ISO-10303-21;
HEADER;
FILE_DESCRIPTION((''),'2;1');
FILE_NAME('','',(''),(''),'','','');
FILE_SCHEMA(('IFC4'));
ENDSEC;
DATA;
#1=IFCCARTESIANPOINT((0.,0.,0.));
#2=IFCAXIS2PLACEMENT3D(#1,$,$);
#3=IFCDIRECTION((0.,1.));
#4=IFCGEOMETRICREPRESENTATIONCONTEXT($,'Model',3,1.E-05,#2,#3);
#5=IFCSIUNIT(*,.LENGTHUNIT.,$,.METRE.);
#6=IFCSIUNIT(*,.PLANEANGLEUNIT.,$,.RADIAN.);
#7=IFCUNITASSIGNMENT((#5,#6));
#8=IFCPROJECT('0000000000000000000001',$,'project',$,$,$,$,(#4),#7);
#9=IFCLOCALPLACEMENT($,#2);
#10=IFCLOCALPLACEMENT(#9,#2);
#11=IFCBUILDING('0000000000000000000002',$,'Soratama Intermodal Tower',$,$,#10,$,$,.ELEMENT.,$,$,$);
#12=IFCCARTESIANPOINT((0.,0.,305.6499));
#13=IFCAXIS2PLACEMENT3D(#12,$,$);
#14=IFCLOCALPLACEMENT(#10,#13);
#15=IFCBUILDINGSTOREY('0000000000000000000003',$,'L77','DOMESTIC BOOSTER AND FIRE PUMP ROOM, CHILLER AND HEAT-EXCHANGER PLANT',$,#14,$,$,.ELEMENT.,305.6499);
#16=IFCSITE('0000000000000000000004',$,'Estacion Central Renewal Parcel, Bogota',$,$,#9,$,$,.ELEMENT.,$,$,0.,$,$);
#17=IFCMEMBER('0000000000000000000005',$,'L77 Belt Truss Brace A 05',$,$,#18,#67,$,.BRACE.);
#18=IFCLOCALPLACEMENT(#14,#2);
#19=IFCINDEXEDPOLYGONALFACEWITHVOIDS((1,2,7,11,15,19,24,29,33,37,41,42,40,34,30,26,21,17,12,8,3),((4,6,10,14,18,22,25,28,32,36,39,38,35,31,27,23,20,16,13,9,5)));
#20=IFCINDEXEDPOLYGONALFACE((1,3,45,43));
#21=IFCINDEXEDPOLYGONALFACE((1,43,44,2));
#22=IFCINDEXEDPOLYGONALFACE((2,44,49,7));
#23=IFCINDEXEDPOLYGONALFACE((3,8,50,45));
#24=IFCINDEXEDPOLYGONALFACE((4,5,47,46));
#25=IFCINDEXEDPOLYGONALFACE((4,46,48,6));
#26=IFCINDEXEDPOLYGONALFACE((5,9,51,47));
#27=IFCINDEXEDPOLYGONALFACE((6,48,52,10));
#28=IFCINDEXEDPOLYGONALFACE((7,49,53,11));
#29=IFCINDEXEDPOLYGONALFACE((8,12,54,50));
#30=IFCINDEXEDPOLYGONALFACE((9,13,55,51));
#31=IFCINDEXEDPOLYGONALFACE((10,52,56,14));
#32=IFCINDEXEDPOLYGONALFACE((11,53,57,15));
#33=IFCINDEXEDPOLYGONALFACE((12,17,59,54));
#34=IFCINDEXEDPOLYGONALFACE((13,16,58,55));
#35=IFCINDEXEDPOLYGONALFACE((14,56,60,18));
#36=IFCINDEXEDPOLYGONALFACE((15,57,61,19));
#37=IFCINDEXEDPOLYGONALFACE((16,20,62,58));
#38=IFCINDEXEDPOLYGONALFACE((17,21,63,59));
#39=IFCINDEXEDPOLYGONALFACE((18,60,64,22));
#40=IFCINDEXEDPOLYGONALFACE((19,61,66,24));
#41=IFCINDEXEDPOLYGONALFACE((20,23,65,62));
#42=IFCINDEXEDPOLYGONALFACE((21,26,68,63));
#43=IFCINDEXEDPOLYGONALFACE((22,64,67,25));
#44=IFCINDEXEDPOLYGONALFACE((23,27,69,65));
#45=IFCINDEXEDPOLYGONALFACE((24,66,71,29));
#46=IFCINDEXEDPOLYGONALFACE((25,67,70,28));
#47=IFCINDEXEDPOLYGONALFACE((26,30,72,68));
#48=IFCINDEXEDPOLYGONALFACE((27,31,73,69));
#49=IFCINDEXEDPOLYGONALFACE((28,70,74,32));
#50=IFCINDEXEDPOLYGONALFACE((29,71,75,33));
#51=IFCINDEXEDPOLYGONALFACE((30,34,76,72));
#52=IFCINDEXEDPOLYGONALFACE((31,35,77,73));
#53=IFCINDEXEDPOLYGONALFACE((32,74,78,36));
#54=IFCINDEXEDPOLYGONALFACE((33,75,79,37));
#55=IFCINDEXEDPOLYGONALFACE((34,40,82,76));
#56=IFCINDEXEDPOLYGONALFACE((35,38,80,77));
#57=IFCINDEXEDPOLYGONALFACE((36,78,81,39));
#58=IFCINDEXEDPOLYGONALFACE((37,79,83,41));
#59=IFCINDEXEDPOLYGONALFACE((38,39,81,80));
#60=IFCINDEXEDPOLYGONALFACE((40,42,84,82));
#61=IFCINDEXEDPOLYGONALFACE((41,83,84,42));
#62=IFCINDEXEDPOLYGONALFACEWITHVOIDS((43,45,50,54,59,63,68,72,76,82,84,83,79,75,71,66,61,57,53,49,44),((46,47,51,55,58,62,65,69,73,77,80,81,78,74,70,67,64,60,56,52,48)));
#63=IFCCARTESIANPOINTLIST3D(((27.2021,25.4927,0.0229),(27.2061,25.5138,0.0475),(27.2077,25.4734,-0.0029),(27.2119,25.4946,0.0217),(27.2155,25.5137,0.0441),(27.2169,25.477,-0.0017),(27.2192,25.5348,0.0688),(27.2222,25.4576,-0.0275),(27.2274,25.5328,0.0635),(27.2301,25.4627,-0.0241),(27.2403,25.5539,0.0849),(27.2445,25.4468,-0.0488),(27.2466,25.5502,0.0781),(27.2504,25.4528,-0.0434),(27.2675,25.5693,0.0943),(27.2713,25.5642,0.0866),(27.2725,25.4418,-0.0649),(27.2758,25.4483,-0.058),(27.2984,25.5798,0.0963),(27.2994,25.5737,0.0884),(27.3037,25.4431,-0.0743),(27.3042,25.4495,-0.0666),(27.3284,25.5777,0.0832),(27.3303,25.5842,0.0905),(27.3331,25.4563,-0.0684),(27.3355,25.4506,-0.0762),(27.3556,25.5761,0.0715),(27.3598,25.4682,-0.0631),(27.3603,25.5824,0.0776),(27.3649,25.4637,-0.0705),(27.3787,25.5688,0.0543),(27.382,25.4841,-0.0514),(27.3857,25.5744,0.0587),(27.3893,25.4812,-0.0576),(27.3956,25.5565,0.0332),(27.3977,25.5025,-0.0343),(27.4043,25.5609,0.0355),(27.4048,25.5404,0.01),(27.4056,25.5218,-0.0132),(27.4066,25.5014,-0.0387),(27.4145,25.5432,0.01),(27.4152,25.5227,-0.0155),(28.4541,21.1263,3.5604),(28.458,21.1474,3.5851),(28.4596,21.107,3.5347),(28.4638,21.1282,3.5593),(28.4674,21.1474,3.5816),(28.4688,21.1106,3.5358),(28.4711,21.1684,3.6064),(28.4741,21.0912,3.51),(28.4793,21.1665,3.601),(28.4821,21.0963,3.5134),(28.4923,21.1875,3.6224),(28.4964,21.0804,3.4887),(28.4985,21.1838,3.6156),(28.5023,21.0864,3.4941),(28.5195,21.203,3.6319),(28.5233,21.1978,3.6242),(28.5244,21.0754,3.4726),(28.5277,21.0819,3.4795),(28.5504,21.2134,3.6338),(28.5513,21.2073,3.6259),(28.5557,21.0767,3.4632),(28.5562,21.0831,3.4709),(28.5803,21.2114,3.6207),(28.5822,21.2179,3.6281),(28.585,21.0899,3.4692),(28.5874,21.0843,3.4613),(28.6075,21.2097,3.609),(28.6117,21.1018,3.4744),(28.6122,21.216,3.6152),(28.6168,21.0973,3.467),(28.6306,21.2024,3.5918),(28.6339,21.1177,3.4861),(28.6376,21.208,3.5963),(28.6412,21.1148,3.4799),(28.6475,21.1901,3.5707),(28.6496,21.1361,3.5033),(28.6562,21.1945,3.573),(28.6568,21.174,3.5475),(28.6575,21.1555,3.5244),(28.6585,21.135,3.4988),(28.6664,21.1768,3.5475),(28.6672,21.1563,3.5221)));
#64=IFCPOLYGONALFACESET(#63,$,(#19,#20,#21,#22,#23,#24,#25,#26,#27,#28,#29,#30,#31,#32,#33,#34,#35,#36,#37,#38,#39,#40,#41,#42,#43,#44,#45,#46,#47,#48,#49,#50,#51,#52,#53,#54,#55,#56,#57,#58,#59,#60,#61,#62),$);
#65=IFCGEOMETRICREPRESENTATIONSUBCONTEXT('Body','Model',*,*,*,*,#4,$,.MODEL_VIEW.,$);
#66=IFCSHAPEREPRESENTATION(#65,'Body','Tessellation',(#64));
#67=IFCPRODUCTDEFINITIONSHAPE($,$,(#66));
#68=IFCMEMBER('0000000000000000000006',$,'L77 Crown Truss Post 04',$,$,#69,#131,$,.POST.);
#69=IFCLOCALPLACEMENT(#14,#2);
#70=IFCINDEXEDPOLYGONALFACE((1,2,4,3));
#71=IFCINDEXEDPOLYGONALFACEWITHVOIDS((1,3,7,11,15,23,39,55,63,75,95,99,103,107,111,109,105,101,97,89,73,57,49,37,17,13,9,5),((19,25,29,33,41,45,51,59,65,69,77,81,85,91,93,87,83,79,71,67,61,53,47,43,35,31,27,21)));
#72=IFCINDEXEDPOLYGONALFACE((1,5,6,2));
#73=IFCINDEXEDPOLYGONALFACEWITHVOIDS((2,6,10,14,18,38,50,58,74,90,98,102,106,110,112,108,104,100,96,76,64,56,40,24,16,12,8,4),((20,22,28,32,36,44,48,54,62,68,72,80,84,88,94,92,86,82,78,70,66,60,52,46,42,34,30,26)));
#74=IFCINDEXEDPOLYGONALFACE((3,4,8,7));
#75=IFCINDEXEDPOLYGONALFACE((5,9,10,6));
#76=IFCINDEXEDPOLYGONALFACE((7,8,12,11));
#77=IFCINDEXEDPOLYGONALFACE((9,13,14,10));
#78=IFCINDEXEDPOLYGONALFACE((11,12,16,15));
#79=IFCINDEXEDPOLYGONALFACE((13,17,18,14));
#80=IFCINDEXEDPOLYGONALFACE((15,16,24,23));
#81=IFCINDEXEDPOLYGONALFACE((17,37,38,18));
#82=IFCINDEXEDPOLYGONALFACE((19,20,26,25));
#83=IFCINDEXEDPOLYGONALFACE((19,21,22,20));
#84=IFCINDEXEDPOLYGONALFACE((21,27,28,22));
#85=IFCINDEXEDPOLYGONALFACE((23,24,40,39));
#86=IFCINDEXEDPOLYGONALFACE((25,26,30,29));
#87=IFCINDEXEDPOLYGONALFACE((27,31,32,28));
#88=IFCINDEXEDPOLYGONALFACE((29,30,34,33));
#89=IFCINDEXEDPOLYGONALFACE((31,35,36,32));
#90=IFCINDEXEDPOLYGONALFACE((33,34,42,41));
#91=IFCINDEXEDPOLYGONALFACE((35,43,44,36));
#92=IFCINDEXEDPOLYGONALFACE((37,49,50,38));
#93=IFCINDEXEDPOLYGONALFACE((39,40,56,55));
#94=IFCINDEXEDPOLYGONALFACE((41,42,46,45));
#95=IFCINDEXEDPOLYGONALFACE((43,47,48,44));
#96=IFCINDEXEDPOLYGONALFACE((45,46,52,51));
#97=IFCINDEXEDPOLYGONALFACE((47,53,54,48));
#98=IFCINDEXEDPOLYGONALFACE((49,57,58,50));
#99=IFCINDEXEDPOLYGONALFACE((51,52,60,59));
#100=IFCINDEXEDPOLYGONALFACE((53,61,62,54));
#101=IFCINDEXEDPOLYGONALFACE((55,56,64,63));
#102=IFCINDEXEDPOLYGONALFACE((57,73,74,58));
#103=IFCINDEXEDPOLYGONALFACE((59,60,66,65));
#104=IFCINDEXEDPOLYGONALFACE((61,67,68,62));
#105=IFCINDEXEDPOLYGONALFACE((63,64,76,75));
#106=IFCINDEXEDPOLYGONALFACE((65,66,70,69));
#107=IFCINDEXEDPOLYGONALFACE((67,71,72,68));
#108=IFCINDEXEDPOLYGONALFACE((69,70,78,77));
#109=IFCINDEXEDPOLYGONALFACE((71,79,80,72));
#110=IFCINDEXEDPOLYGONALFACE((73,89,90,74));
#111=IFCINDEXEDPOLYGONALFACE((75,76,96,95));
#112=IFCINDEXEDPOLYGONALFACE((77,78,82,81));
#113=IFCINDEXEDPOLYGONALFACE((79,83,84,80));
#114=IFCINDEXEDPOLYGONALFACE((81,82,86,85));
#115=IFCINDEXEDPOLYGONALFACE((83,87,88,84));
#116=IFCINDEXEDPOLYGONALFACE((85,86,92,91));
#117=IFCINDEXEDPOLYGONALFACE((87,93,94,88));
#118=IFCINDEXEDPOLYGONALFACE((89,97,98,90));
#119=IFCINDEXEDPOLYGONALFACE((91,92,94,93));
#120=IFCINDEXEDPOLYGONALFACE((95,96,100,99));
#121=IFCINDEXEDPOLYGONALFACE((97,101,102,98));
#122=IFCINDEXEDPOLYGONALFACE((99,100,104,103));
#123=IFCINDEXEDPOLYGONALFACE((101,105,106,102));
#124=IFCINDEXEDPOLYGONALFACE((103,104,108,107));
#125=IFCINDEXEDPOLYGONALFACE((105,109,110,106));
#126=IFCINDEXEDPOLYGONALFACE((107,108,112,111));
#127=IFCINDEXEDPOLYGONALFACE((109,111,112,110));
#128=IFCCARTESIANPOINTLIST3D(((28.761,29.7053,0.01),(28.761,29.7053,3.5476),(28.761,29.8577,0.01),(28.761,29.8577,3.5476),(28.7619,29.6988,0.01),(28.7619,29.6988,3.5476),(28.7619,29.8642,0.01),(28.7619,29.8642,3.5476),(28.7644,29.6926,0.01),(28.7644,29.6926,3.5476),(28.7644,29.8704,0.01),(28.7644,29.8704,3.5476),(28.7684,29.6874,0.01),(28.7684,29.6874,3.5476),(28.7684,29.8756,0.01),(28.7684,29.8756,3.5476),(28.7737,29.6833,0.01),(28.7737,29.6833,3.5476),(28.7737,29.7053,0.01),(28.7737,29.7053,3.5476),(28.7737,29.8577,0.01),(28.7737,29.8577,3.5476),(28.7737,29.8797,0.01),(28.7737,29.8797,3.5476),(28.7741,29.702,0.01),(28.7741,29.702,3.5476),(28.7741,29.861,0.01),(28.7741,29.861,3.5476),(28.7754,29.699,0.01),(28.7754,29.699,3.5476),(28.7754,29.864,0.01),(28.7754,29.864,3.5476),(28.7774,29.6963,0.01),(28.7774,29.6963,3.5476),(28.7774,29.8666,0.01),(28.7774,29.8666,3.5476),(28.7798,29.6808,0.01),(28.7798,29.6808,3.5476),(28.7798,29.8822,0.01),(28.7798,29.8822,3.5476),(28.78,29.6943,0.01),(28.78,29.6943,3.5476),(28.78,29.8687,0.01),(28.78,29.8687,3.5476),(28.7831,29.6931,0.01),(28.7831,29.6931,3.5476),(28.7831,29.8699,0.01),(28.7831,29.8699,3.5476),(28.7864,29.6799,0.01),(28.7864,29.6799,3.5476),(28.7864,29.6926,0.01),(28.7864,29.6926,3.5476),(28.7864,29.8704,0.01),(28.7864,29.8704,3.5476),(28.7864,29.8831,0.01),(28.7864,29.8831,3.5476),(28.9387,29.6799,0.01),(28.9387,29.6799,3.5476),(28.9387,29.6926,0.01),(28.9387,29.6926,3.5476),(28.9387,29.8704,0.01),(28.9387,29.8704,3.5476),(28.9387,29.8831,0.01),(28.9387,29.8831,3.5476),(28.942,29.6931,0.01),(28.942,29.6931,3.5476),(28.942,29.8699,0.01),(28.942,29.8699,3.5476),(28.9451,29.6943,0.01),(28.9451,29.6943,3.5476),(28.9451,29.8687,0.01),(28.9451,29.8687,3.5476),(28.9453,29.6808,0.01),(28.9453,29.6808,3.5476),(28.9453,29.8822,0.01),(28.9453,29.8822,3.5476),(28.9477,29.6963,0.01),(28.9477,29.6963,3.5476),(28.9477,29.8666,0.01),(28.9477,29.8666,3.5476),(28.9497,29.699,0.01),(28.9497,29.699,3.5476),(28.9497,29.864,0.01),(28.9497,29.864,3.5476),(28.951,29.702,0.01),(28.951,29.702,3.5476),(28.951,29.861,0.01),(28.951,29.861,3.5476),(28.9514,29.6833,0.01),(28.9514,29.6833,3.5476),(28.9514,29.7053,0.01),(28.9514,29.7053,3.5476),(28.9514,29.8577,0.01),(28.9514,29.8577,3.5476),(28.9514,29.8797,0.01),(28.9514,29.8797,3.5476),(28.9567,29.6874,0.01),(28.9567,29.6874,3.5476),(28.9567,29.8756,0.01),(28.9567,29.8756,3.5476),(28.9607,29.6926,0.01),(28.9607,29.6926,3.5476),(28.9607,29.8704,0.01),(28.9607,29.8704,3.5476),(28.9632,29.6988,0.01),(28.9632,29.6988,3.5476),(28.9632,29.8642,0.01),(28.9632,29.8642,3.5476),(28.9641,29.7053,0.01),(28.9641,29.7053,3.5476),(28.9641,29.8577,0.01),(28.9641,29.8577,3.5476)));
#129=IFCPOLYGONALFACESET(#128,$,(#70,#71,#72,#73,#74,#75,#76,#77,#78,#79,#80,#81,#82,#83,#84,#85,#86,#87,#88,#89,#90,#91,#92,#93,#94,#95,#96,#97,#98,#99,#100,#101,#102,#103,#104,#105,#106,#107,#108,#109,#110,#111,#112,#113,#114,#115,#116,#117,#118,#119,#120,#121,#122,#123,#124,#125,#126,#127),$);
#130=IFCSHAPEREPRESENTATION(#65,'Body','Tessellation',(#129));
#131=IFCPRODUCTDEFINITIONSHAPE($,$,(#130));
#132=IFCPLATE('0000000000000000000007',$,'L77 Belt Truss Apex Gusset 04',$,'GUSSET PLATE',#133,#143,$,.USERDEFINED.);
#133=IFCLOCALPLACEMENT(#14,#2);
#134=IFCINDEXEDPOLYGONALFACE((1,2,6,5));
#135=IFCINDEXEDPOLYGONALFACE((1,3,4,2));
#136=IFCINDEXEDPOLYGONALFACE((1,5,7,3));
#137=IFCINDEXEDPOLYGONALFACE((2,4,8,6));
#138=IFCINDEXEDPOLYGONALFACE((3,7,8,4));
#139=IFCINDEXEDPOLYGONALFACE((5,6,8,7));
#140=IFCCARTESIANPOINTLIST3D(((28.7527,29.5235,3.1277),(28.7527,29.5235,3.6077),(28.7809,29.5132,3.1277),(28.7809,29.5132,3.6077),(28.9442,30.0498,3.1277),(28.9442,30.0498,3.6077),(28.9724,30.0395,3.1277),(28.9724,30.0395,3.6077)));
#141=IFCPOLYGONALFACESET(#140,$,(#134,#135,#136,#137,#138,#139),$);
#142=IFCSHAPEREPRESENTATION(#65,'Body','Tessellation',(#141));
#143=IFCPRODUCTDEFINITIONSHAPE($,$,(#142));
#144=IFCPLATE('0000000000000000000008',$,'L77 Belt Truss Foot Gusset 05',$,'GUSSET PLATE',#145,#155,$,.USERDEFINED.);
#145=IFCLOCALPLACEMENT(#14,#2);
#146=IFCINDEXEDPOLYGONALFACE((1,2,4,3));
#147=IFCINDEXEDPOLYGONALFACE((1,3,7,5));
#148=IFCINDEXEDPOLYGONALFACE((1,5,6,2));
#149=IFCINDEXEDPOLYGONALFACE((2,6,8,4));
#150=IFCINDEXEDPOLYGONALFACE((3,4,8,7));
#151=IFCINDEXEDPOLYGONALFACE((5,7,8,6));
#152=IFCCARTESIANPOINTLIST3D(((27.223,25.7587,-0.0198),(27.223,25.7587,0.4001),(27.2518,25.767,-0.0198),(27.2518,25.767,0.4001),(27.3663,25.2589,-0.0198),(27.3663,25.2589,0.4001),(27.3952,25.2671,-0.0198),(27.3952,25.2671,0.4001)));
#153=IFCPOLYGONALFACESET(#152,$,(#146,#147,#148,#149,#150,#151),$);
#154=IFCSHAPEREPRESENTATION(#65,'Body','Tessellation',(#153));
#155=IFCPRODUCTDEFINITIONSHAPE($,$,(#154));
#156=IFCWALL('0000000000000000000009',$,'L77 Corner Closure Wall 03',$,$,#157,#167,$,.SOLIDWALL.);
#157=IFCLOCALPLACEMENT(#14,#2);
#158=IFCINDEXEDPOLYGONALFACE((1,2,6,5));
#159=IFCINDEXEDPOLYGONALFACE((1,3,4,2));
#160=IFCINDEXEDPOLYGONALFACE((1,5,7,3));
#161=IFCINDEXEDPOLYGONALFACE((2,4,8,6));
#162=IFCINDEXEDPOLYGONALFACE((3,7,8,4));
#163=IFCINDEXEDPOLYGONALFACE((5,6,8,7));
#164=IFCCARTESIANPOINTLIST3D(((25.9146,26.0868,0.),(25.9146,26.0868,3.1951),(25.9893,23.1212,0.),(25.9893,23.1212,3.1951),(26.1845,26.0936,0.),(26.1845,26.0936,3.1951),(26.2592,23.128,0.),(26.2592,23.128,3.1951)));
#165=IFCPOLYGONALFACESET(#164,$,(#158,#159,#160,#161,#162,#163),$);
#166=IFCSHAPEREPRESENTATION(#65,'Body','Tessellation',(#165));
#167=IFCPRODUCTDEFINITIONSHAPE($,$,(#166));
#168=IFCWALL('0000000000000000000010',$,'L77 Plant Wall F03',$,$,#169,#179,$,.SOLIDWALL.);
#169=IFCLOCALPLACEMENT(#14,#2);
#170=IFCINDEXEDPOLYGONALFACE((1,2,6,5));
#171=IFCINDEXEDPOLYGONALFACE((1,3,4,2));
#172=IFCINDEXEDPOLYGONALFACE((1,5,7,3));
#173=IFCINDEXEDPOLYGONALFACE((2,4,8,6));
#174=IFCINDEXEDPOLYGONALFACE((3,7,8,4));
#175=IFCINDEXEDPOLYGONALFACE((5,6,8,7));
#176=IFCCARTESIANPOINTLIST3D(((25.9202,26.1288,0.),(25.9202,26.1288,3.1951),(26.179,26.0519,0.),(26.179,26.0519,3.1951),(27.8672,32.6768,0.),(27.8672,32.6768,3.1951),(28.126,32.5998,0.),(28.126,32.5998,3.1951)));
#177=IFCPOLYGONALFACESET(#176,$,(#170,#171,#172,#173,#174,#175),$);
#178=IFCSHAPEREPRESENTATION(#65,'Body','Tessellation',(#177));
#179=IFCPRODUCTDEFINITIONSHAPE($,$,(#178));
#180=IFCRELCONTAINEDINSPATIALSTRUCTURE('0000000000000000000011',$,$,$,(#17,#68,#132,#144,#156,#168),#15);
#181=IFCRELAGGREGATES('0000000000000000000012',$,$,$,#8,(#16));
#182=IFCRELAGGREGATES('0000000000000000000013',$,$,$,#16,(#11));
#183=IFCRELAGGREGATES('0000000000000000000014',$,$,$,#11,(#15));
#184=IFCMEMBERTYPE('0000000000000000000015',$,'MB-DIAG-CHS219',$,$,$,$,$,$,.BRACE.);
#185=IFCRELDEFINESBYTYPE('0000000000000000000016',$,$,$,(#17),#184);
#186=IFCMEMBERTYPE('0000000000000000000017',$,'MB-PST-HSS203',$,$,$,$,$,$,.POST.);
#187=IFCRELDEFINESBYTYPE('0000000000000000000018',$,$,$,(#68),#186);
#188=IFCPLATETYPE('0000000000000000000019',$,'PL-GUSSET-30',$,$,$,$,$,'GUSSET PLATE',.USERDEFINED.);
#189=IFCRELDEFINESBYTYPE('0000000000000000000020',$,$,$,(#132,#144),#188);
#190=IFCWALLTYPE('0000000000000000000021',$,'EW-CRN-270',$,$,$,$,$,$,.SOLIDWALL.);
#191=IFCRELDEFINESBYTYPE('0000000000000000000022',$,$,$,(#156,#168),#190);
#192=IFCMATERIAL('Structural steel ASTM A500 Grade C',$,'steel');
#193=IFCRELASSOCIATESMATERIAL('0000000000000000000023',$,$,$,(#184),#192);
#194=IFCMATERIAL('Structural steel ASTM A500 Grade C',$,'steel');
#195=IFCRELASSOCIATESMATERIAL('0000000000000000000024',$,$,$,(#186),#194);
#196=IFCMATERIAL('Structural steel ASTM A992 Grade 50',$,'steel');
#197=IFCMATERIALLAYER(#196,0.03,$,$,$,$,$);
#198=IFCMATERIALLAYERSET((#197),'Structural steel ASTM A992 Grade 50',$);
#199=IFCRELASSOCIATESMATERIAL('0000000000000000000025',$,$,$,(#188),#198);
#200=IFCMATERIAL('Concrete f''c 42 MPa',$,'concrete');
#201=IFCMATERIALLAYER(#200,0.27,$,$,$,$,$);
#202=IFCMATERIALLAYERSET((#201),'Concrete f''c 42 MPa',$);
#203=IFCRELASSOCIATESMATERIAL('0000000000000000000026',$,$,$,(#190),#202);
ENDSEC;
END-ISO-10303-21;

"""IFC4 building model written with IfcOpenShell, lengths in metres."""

from ifc_helpers import new_model, si_unit, direction, frame, frame_2d, origin, origin_2d, place, context, subcontext, project, spatial, rectangle, hollow_rectangle, hollow_circle, extrude, material, layer, layer_set, material_profile, profile_set, type_object, element, save


model = new_model("IFC4")

# Units and contexts
model_context = context("Model", 3, precision=1e-05, world=origin(), true_north=direction((0.0, 1.0)))
body_context = subcontext(model_context, "Body", "Model", "MODEL_VIEW")
ifc_project = project(units=[si_unit("LENGTHUNIT", "METRE"), si_unit("PLANEANGLEUNIT", "RADIAN")], contexts=[model_context])

# Site, building, storey
site_placement = place(None, origin())
site = spatial("IfcSite", under=ifc_project, at=site_placement, Name="Estacion Central Renewal Parcel, Bogota", CompositionType="ELEMENT", RefElevation=0.0)
building_placement = place(site_placement, origin())
building = spatial("IfcBuilding", under=site, at=building_placement, Name="Soratama Intermodal Tower", CompositionType="ELEMENT")
storey_placement = place(building_placement, frame((0.0, 0.0, 305.6499)))
storey = spatial("IfcBuildingStorey", under=building, at=storey_placement, Name="L77", Description="DOMESTIC BOOSTER AND FIRE PUMP ROOM, CHILLER AND HEAT-EXCHANGER PLANT", CompositionType="ELEMENT", Elevation=305.6499)

# Members
ifc_material_1 = material(Name="Structural steel ASTM A500 Grade C", Category="steel")
ifc_material_profile_1 = material_profile(ifc_material_1, hollow_circle(Radius=0.1096, WallThickness=0.01, at=origin_2d()), Name="CHS219X10")
ifc_profile_set_1 = profile_set([ifc_material_profile_1], Name="Structural steel ASTM A500 Grade C")
member_type_1 = type_object("IfcMemberType", Name="MB-DIAG-CHS219", PredefinedType="BRACE", material=ifc_profile_set_1)
member_1_placement = place(storey_placement, frame((27.3091, 25.5129, 0.01), z_axis=(0.21745, -0.758404, 0.614441), x_axis=(0.961268, 0.275615, 0.0)))
element("IfcMember", 1, at=member_1_placement, inside=storey, type_object=member_type_1, Name="L77 Belt Truss Brace A 05", PredefinedType="BRACE", context=body_context, shape_type="SweptSolid", body=[
    extrude(hollow_circle(Radius=0.1096, WallThickness=0.01, at=origin_2d()), origin(), (0.0, 0.0, 1.0), 5.7573),
])
ifc_material_2 = material(Name="Structural steel ASTM A500 Grade C", Category="steel")
ifc_material_profile_2 = material_profile(ifc_material_2, hollow_rectangle(XDim=0.2031, YDim=0.2031, WallThickness=0.0127, InnerFilletRadius=0.0127, OuterFilletRadius=0.0254, at=origin_2d()), Name="HSS203X203X12.7")
ifc_profile_set_2 = profile_set([ifc_material_profile_2], Name="Structural steel ASTM A500 Grade C")
member_type_2 = type_object("IfcMemberType", Name="MB-PST-HSS203", PredefinedType="POST", material=ifc_profile_set_2)
member_2_placement = place(storey_placement, frame((28.8625, 29.7815, 0.01), z_axis=(0.0, 0.0, 1.0), x_axis=(1.0, 0.0, 0.0)))
element("IfcMember", 2, at=member_2_placement, inside=storey, type_object=member_type_2, Name="L77 Crown Truss Post 04", PredefinedType="POST", context=body_context, shape_type="SweptSolid", body=[
    extrude(hollow_rectangle(XDim=0.2031, YDim=0.2031, WallThickness=0.0127, InnerFilletRadius=0.0127, OuterFilletRadius=0.0254, at=origin_2d()), origin(), (0.0, 0.0, 1.0), 3.5376),
])

# Plates
ifc_material_3 = material(Name="Structural steel ASTM A992 Grade 50", Category="steel")
ifc_layer_1 = layer(ifc_material_3, 0.03)
ifc_layer_set_1 = layer_set([ifc_layer_1], Name="Structural steel ASTM A992 Grade 50")
plate_type = type_object("IfcPlateType", Name="PL-GUSSET-30", ElementType="GUSSET PLATE", PredefinedType="USERDEFINED", material=ifc_layer_set_1)
plate_1_placement = place(storey_placement, frame((28.8625, 29.7815, 3.1277), z_axis=(0.0, 0.0, 1.0), x_axis=(-0.34202, -0.939693, 0.0)))
element("IfcPlate", 3, at=plate_1_placement, inside=storey, type_object=plate_type, Name="L77 Belt Truss Apex Gusset 04", ObjectType="GUSSET PLATE", PredefinedType="USERDEFINED", context=body_context, shape_type="SweptSolid", body=[
    extrude(rectangle(XDim=0.5601, YDim=0.03, at=origin_2d()), origin(), (0.0, 0.0, 1.0), 0.48),
])
plate_2_placement = place(storey_placement, frame((27.3091, 25.5129, -0.0198), z_axis=(0.0, 0.0, 1.0), x_axis=(0.275637, -0.961262, 0.0)))
element("IfcPlate", 4, at=plate_2_placement, inside=storey, type_object=plate_type, Name="L77 Belt Truss Foot Gusset 05", ObjectType="GUSSET PLATE", PredefinedType="USERDEFINED", context=body_context, shape_type="SweptSolid", body=[
    extrude(rectangle(XDim=0.52, YDim=0.03, at=origin_2d()), origin(), (0.0, 0.0, 1.0), 0.4199),
])

# Walls
ifc_material_4 = material(Name="Concrete f'c 42 MPa", Category="concrete")
ifc_layer_2 = layer(ifc_material_4, 0.27)
ifc_layer_set_2 = layer_set([ifc_layer_2], Name="Concrete f'c 42 MPa")
wall_type_1 = type_object("IfcWallType", Name="EW-CRN-270", PredefinedType="SOLIDWALL", material=ifc_layer_set_2)
wall_1_placement = place(storey_placement, frame((26.0496, 26.0903, 0.0), z_axis=(0.0, 0.0, 1.0), x_axis=(0.025183, -0.999683, 0.0)))
element("IfcWall", 5, at=wall_1_placement, inside=storey, type_object=wall_type_1, Name="L77 Corner Closure Wall 03", PredefinedType="SOLIDWALL", context=body_context, shape_type="SweptSolid", body=[
    extrude(rectangle(XDim=2.9666, YDim=0.27, at=frame_2d((1.4834, 0.0))), origin(), (0.0, 0.0, 1.0), 3.1951),
])
wall_2_placement = place(storey_placement, frame((27.9966, 32.6382, 0.0), z_axis=(0.0, 0.0, 1.0), x_axis=(-0.285019, -0.958522, 0.0)))
element("IfcWall", 6, at=wall_2_placement, inside=storey, type_object=wall_type_1, Name="L77 Plant Wall F03", PredefinedType="SOLIDWALL", context=body_context, shape_type="SweptSolid", body=[
    extrude(rectangle(XDim=6.8313, YDim=0.27, at=frame_2d((3.4155, 0.0))), origin(), (0.0, 0.0, 1.0), 3.1951),
])

save(model, "model.ifc")
